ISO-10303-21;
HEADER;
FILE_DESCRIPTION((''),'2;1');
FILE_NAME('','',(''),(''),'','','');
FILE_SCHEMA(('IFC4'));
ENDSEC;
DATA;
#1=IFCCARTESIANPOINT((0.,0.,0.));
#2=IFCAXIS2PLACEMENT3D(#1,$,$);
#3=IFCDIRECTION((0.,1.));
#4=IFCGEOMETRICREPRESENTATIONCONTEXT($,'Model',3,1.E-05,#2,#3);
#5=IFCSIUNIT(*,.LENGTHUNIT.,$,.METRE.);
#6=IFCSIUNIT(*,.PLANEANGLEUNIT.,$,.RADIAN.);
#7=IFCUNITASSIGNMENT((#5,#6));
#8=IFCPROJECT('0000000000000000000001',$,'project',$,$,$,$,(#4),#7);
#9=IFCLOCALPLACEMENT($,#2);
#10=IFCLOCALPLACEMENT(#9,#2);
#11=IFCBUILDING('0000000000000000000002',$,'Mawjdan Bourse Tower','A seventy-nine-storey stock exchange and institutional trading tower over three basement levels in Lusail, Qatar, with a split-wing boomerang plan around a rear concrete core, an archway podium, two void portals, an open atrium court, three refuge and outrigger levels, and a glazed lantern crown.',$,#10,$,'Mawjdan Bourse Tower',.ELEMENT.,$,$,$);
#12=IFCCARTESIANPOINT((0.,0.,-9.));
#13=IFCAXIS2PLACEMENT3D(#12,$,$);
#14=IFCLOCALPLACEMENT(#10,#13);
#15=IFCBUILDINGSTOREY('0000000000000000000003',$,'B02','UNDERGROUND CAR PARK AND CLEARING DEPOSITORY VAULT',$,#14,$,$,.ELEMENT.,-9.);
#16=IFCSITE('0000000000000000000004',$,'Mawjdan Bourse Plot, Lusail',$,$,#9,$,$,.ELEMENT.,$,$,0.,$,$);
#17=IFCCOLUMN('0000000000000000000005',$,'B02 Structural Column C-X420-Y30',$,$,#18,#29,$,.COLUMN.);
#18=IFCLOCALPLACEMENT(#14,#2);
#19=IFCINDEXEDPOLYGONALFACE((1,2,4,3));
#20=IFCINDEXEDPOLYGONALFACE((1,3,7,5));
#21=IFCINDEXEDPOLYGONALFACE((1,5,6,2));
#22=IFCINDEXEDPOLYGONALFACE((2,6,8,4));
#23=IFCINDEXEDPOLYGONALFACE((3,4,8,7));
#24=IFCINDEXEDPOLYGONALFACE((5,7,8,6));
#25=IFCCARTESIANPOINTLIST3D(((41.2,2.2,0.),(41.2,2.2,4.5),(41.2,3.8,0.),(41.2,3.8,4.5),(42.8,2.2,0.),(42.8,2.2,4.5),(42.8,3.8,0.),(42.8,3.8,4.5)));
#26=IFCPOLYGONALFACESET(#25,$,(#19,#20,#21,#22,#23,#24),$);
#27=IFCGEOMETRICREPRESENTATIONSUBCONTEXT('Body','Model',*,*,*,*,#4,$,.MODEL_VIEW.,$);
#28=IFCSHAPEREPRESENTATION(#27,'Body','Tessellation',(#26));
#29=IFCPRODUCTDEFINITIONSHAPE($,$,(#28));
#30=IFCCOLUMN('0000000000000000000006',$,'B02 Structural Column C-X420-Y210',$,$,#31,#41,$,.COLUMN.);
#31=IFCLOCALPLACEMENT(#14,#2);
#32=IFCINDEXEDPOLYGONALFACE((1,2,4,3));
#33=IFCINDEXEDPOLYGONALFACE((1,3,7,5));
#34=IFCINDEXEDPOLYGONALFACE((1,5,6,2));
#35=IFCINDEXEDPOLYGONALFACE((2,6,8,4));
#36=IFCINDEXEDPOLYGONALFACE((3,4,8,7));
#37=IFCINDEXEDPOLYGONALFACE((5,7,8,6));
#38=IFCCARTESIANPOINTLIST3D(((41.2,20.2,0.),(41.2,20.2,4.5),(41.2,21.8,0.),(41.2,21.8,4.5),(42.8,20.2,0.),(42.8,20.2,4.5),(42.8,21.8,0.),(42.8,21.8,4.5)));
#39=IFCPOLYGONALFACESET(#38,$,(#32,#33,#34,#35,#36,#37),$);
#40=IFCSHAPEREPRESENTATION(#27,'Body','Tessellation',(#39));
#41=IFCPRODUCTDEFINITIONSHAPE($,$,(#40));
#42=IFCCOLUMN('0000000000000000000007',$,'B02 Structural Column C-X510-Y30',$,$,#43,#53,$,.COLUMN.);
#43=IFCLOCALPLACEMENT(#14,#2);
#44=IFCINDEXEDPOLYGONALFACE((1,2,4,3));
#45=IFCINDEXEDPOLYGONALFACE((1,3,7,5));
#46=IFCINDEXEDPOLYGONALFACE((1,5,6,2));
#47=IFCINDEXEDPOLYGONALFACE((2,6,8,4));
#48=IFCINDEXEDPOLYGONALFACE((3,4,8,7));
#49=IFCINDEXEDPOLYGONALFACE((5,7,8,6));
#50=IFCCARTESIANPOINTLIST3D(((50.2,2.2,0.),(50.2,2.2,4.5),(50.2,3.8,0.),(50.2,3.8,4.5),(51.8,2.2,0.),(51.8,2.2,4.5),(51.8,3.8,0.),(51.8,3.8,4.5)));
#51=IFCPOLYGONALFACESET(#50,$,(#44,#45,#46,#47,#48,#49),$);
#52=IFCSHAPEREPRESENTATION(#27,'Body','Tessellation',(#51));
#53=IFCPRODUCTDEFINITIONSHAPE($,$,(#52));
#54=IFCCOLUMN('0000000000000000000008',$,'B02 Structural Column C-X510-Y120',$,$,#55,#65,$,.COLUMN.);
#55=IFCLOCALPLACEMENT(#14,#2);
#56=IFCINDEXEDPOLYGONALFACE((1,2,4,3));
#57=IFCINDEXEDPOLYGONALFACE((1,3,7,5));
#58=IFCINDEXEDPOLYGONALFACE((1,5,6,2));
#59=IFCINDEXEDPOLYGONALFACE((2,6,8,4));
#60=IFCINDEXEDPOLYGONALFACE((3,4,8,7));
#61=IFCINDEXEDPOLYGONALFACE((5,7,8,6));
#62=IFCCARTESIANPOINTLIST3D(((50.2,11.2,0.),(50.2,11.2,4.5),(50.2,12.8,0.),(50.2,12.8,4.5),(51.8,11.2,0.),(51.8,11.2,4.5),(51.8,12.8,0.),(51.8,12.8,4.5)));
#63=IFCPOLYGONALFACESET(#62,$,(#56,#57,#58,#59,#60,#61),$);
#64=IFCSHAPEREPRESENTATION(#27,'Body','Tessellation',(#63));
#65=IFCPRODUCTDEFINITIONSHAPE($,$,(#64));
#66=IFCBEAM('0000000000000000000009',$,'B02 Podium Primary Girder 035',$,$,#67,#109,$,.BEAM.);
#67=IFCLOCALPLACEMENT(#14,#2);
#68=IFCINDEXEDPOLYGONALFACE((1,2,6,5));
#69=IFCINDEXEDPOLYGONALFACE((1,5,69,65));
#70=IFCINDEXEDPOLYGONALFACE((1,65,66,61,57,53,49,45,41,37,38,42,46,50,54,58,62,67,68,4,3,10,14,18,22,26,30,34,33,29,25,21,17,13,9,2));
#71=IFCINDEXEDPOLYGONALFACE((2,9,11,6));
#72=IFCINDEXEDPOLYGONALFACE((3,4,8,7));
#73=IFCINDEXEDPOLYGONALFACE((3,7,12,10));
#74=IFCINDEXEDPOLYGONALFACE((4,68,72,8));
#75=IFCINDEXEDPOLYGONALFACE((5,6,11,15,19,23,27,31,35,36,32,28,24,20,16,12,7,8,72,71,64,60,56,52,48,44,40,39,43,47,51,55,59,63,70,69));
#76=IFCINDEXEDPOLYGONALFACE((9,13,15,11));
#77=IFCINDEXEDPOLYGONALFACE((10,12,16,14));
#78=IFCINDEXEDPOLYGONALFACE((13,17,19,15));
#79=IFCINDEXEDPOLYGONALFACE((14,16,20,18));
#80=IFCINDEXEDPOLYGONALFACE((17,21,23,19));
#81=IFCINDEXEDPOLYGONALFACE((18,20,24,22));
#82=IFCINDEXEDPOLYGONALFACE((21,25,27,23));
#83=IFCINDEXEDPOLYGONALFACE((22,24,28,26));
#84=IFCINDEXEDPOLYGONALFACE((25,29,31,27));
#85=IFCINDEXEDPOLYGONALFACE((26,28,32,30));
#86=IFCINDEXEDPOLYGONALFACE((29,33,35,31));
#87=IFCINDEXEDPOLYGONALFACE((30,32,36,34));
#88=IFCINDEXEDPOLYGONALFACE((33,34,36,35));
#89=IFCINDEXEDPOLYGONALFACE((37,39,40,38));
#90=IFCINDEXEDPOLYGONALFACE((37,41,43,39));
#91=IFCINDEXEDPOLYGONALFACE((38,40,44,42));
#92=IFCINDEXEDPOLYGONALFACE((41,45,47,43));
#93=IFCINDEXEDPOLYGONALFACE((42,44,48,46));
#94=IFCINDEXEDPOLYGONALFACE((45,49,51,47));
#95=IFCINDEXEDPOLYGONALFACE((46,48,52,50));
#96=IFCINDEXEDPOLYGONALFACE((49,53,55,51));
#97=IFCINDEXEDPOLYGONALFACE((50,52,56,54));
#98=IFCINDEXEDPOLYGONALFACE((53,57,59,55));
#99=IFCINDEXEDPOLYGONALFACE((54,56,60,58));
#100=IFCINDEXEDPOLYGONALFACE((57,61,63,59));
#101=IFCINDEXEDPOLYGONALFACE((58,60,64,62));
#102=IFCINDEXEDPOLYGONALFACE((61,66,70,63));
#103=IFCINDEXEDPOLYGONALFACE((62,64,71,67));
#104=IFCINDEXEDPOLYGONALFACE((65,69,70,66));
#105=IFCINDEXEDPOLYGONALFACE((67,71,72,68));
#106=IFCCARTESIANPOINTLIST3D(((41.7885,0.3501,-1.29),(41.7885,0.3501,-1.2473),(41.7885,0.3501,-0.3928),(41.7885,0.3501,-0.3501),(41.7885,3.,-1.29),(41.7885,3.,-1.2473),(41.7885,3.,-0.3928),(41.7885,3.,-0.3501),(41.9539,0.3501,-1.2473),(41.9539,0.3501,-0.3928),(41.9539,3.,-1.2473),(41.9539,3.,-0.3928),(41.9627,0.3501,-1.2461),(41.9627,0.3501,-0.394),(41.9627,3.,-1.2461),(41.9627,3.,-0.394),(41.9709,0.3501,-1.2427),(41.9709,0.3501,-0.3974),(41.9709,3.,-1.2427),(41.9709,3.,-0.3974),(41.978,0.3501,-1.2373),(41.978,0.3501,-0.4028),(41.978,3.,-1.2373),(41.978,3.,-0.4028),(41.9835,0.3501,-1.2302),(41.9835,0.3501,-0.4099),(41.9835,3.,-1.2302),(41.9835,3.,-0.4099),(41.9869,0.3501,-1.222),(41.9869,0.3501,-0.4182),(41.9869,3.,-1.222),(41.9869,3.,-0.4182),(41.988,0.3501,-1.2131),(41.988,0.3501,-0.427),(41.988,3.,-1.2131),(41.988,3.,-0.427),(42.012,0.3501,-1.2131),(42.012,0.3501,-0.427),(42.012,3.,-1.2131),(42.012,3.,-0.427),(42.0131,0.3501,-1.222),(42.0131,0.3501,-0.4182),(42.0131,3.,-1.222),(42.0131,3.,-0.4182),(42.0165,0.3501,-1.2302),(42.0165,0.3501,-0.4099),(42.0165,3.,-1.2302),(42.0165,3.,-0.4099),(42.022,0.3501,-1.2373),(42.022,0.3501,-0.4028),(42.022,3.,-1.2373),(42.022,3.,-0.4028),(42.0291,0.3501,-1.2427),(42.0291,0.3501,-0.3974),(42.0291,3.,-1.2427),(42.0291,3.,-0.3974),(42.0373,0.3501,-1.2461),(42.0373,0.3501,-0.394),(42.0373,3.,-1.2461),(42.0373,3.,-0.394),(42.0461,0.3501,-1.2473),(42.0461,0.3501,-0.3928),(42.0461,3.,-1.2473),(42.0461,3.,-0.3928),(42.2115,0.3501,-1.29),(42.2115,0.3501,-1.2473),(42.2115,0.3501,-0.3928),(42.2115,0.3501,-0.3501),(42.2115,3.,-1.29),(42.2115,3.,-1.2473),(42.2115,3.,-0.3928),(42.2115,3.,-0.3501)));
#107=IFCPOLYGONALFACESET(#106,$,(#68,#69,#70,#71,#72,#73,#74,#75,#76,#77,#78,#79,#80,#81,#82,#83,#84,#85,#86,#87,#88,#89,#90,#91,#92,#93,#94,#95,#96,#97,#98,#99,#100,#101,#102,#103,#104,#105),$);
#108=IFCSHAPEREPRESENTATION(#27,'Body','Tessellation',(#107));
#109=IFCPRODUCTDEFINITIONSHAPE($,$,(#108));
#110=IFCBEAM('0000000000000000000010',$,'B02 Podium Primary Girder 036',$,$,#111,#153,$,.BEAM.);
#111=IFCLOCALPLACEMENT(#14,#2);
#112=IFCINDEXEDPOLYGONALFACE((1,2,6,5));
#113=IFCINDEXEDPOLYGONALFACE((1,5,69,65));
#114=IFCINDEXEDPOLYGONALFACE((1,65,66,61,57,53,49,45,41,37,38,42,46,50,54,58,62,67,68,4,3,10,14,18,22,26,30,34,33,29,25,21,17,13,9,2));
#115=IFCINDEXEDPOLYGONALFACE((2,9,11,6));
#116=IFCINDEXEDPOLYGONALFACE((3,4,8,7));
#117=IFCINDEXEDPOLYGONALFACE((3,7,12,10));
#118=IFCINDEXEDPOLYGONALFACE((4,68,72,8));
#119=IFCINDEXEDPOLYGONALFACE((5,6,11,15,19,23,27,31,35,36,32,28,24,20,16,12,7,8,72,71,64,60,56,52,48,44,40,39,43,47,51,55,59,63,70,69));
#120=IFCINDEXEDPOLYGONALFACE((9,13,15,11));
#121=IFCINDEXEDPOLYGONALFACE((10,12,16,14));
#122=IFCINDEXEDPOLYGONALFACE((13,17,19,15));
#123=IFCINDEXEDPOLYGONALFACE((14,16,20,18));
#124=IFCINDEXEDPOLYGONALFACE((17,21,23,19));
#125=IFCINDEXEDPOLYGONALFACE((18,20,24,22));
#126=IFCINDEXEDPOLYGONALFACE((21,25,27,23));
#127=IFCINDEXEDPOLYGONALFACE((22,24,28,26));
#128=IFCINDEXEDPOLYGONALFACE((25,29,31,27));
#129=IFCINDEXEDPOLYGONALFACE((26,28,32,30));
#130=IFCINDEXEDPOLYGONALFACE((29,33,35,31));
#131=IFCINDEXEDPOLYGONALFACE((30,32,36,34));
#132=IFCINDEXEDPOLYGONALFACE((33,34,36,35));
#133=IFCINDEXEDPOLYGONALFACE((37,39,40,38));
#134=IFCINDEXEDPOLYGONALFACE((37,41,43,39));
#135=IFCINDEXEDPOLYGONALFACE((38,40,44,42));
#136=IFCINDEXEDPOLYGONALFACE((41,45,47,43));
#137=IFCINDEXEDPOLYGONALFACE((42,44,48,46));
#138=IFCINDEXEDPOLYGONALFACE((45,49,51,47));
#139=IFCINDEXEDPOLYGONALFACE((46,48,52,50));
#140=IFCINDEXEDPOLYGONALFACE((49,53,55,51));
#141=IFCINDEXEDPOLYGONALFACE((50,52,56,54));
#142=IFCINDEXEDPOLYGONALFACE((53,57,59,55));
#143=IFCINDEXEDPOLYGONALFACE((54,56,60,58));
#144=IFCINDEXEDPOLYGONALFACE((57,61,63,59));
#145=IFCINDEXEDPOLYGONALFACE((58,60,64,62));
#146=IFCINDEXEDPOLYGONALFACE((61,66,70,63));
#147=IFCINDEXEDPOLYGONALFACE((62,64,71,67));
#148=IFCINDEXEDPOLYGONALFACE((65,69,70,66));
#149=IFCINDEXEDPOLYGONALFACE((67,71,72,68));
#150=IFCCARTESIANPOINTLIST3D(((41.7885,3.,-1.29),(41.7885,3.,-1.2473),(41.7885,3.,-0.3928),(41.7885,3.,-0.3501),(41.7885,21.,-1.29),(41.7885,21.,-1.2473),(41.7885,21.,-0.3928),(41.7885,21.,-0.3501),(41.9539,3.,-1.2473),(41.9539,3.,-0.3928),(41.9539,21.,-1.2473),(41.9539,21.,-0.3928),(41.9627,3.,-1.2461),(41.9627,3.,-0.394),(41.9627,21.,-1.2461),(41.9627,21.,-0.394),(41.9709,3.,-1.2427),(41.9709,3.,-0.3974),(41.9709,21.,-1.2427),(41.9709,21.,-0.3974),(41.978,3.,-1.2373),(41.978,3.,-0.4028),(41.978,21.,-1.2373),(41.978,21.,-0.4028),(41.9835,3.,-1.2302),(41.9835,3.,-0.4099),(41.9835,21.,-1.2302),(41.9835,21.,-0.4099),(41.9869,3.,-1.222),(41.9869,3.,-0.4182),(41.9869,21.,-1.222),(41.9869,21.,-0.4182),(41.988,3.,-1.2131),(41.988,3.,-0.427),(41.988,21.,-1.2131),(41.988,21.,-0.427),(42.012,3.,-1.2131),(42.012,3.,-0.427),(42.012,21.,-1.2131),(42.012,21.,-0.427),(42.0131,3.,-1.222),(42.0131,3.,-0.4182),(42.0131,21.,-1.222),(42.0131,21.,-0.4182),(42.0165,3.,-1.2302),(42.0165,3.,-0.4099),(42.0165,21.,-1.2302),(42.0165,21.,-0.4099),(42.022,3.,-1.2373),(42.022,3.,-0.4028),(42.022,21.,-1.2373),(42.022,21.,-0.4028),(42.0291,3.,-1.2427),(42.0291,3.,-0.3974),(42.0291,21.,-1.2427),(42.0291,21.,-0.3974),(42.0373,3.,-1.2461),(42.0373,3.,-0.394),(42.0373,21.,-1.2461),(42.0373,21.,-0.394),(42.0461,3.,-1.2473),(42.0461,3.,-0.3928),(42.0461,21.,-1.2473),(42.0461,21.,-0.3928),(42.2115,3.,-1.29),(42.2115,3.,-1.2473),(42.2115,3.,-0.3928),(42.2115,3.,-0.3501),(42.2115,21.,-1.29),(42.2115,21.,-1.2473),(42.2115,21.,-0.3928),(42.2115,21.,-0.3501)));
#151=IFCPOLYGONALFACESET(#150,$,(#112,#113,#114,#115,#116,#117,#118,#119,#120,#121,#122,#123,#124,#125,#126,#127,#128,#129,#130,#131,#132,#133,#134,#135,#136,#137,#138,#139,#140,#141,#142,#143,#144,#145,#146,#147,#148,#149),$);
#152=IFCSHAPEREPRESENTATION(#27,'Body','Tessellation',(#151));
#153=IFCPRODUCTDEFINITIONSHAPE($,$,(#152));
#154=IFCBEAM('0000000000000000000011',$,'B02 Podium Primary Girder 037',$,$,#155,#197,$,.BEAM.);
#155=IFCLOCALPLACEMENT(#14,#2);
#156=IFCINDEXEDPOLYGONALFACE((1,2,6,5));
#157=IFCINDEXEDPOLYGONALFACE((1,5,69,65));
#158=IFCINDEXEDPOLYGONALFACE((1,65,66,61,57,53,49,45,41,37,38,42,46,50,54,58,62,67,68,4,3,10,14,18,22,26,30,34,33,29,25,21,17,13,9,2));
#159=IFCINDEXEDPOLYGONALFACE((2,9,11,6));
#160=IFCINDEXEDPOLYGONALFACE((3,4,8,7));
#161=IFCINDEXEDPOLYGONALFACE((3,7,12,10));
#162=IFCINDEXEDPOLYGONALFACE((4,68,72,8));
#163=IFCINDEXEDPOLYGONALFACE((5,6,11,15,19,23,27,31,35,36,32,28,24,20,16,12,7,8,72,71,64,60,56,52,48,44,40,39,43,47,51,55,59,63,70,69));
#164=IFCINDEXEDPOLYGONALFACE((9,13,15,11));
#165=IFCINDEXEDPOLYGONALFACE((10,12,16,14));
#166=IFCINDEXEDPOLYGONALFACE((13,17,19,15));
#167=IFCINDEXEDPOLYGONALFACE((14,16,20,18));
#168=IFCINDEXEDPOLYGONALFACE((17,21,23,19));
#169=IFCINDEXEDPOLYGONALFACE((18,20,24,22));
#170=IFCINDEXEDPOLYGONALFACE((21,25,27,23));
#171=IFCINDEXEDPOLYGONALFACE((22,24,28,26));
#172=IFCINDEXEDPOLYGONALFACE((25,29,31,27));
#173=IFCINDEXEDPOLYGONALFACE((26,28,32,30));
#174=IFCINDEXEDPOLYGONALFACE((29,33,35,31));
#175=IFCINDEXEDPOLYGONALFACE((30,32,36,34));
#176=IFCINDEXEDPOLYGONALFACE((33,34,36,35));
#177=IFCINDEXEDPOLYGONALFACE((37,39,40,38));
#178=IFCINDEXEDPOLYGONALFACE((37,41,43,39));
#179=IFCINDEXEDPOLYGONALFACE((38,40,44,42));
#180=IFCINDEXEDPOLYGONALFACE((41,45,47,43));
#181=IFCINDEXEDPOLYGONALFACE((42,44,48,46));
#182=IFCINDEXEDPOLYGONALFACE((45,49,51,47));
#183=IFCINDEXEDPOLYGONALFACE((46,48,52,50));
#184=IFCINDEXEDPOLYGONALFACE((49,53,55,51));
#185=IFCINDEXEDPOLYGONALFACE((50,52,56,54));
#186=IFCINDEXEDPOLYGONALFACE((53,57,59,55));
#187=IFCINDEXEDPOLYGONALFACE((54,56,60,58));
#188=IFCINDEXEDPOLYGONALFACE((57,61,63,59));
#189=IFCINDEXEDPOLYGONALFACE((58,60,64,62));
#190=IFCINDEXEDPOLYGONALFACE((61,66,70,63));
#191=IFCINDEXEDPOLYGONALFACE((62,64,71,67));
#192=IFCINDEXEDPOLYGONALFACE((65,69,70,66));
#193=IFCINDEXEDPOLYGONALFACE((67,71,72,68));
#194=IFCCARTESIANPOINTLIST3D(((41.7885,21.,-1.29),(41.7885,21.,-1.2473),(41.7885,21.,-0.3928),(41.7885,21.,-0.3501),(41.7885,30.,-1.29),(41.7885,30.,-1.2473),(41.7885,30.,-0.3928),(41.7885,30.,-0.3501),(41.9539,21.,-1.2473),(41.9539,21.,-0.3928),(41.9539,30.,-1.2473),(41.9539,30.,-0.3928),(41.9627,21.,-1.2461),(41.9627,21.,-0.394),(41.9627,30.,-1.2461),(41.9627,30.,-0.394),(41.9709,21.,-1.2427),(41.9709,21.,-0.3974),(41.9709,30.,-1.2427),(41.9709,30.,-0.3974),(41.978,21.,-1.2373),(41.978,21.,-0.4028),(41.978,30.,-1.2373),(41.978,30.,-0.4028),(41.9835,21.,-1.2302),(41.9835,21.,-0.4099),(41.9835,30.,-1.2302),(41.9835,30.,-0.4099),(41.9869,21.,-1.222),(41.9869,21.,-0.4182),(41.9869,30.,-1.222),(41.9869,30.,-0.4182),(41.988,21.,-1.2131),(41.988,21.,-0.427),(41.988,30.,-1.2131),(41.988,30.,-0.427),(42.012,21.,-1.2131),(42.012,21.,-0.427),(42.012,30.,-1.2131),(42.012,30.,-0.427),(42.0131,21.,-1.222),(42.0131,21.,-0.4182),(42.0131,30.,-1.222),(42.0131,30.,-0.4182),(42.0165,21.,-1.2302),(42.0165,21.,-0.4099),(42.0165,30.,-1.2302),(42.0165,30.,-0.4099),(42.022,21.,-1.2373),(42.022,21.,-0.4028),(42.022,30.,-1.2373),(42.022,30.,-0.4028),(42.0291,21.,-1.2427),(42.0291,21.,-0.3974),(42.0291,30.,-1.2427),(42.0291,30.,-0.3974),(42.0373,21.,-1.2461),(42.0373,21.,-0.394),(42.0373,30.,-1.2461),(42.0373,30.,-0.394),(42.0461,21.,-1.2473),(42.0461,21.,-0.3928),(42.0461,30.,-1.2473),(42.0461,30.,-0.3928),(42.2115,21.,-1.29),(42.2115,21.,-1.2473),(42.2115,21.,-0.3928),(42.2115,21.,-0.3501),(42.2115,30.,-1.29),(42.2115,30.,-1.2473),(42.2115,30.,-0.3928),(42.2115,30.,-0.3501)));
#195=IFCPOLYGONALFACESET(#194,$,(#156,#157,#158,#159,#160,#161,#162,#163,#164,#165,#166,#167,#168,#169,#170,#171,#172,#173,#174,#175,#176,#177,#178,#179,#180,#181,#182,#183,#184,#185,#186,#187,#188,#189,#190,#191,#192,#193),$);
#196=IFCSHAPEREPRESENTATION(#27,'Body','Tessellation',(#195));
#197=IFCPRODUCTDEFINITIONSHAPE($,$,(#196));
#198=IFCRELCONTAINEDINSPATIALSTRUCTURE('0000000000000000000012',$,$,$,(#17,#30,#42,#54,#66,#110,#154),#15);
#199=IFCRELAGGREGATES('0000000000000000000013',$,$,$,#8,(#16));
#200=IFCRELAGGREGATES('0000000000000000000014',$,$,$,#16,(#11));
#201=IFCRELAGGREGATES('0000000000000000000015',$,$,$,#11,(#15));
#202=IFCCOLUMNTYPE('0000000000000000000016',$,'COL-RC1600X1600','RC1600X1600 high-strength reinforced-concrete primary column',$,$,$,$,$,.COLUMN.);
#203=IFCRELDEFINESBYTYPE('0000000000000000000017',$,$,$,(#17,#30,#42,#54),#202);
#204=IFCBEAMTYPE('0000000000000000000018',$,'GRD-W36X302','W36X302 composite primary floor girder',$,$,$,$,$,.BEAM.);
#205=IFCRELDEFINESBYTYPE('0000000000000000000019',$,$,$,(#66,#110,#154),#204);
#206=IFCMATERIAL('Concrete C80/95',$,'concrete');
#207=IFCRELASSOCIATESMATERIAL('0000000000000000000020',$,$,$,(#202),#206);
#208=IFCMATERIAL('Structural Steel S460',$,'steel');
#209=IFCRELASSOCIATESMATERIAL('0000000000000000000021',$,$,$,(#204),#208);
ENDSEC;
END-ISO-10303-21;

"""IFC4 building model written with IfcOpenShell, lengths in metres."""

from ifc_helpers import new_model, si_unit, direction, frame, origin, origin_2d, place, context, subcontext, project, spatial, rectangle, i_section, extrude, material, material_profile, profile_set, type_object, element, save


model = new_model("IFC4")

# Units and contexts
model_context = context("Model", 3, precision=1e-05, world=origin(), true_north=direction((0.0, 1.0)))
body_context = subcontext(model_context, "Body", "Model", "MODEL_VIEW")
ifc_project = project(units=[si_unit("LENGTHUNIT", "METRE"), si_unit("PLANEANGLEUNIT", "RADIAN")], contexts=[model_context])

# Site, building, storey
site_placement = place(None, origin())
site = spatial("IfcSite", under=ifc_project, at=site_placement, Name="Mawjdan Bourse Plot, Lusail", CompositionType="ELEMENT", RefElevation=0.0)
building_placement = place(site_placement, origin())
building = spatial("IfcBuilding", under=site, at=building_placement, Name="Mawjdan Bourse Tower", Description="A seventy-nine-storey stock exchange and institutional trading tower over three basement levels in Lusail, Qatar, with a split-wing boomerang plan around a rear concrete core, an archway podium, two void portals, an open atrium court, three refuge and outrigger levels, and a glazed lantern crown.", LongName="Mawjdan Bourse Tower", CompositionType="ELEMENT")
storey_placement = place(building_placement, frame((0.0, 0.0, -9.0)))
storey = spatial("IfcBuildingStorey", under=building, at=storey_placement, Name="B02", Description="UNDERGROUND CAR PARK AND CLEARING DEPOSITORY VAULT", CompositionType="ELEMENT", Elevation=-9.0)

# Columns
ifc_material_1 = material(Name="Concrete C80/95", Category="concrete")
ifc_material_profile_1 = material_profile(ifc_material_1, rectangle(XDim=1.6001, YDim=1.6001, at=origin_2d()), Name="RC1600X1600")
ifc_profile_set_1 = profile_set([ifc_material_profile_1], Name="Concrete C80/95")
column_type = type_object("IfcColumnType", Name="COL-RC1600X1600", Description="RC1600X1600 high-strength reinforced-concrete primary column", PredefinedType="COLUMN", material=ifc_profile_set_1)
for number, where, z_axis, x_axis, name in (
    (1, (42.0, 3.0, 0.0), (0.0, 0.0, 1.0), (1.0, 0.0, 0.0), "B02 Structural Column C-X420-Y30"),
    (2, (42.0, 21.0, 0.0), (0.0, 0.0, 1.0), (1.0, 0.0, 0.0), "B02 Structural Column C-X420-Y210"),
    (3, (51.0, 3.0, 0.0), (0.0, 0.0, 1.0), (1.0, 0.0, 0.0), "B02 Structural Column C-X510-Y30"),
    (4, (51.0, 12.0, 0.0), (0.0, 0.0, 1.0), (1.0, 0.0, 0.0), "B02 Structural Column C-X510-Y120"),
):
    element("IfcColumn", number, at=place(storey_placement, frame(where, z_axis=z_axis, x_axis=x_axis)), inside=storey, type_object=column_type, Name=name, PredefinedType="COLUMN", context=body_context, shape_type="SweptSolid", body=[
        extrude(rectangle(XDim=1.6001, YDim=1.6001, at=origin_2d()), origin(), (0.0, 0.0, 1.0), 4.5),
    ])

# Beams
ifc_material_2 = material(Name="Structural Steel S460", Category="steel")
ifc_material_profile_2 = material_profile(ifc_material_2, i_section(OverallWidth=0.4231, OverallDepth=0.9399, WebThickness=0.0239, FlangeThickness=0.0427, FilletRadius=0.0342, at=origin_2d()), Name="W36X302")
ifc_profile_set_2 = profile_set([ifc_material_profile_2], Name="Structural Steel S460")
beam_type_1 = type_object("IfcBeamType", Name="GRD-W36X302", Description="W36X302 composite primary floor girder", PredefinedType="BEAM", material=ifc_profile_set_2)
beam_1_placement = place(storey_placement, frame((42.0, 0.3501, -0.8201), z_axis=(0.0, 1.0, 0.0), x_axis=(-1.0, 0.0, 0.0)))
element("IfcBeam", 5, at=beam_1_placement, inside=storey, type_object=beam_type_1, Name="B02 Podium Primary Girder 035", PredefinedType="BEAM", context=body_context, shape_type="SweptSolid", body=[
    extrude(i_section(OverallWidth=0.4231, OverallDepth=0.9399, WebThickness=0.0239, FlangeThickness=0.0427, FilletRadius=0.0342, at=origin_2d()), origin(), (0.0, 0.0, 1.0), 2.6499),
])
beam_2_placement = place(storey_placement, frame((42.0, 3.0, -0.8201), z_axis=(0.0, 1.0, 0.0), x_axis=(-1.0, 0.0, 0.0)))
element("IfcBeam", 6, at=beam_2_placement, inside=storey, type_object=beam_type_1, Name="B02 Podium Primary Girder 036", PredefinedType="BEAM", context=body_context, shape_type="SweptSolid", body=[
    extrude(i_section(OverallWidth=0.4231, OverallDepth=0.9399, WebThickness=0.0239, FlangeThickness=0.0427, FilletRadius=0.0342, at=origin_2d()), origin(), (0.0, 0.0, 1.0), 18.0),
])
beam_3_placement = place(storey_placement, frame((42.0, 21.0, -0.8201), z_axis=(0.0, 1.0, 0.0), x_axis=(-1.0, 0.0, 0.0)))
element("IfcBeam", 7, at=beam_3_placement, inside=storey, type_object=beam_type_1, Name="B02 Podium Primary Girder 037", PredefinedType="BEAM", context=body_context, shape_type="SweptSolid", body=[
    extrude(i_section(OverallWidth=0.4231, OverallDepth=0.9399, WebThickness=0.0239, FlangeThickness=0.0427, FilletRadius=0.0342, at=origin_2d()), origin(), (0.0, 0.0, 1.0), 9.0),
])

save(model, "model.ifc")
